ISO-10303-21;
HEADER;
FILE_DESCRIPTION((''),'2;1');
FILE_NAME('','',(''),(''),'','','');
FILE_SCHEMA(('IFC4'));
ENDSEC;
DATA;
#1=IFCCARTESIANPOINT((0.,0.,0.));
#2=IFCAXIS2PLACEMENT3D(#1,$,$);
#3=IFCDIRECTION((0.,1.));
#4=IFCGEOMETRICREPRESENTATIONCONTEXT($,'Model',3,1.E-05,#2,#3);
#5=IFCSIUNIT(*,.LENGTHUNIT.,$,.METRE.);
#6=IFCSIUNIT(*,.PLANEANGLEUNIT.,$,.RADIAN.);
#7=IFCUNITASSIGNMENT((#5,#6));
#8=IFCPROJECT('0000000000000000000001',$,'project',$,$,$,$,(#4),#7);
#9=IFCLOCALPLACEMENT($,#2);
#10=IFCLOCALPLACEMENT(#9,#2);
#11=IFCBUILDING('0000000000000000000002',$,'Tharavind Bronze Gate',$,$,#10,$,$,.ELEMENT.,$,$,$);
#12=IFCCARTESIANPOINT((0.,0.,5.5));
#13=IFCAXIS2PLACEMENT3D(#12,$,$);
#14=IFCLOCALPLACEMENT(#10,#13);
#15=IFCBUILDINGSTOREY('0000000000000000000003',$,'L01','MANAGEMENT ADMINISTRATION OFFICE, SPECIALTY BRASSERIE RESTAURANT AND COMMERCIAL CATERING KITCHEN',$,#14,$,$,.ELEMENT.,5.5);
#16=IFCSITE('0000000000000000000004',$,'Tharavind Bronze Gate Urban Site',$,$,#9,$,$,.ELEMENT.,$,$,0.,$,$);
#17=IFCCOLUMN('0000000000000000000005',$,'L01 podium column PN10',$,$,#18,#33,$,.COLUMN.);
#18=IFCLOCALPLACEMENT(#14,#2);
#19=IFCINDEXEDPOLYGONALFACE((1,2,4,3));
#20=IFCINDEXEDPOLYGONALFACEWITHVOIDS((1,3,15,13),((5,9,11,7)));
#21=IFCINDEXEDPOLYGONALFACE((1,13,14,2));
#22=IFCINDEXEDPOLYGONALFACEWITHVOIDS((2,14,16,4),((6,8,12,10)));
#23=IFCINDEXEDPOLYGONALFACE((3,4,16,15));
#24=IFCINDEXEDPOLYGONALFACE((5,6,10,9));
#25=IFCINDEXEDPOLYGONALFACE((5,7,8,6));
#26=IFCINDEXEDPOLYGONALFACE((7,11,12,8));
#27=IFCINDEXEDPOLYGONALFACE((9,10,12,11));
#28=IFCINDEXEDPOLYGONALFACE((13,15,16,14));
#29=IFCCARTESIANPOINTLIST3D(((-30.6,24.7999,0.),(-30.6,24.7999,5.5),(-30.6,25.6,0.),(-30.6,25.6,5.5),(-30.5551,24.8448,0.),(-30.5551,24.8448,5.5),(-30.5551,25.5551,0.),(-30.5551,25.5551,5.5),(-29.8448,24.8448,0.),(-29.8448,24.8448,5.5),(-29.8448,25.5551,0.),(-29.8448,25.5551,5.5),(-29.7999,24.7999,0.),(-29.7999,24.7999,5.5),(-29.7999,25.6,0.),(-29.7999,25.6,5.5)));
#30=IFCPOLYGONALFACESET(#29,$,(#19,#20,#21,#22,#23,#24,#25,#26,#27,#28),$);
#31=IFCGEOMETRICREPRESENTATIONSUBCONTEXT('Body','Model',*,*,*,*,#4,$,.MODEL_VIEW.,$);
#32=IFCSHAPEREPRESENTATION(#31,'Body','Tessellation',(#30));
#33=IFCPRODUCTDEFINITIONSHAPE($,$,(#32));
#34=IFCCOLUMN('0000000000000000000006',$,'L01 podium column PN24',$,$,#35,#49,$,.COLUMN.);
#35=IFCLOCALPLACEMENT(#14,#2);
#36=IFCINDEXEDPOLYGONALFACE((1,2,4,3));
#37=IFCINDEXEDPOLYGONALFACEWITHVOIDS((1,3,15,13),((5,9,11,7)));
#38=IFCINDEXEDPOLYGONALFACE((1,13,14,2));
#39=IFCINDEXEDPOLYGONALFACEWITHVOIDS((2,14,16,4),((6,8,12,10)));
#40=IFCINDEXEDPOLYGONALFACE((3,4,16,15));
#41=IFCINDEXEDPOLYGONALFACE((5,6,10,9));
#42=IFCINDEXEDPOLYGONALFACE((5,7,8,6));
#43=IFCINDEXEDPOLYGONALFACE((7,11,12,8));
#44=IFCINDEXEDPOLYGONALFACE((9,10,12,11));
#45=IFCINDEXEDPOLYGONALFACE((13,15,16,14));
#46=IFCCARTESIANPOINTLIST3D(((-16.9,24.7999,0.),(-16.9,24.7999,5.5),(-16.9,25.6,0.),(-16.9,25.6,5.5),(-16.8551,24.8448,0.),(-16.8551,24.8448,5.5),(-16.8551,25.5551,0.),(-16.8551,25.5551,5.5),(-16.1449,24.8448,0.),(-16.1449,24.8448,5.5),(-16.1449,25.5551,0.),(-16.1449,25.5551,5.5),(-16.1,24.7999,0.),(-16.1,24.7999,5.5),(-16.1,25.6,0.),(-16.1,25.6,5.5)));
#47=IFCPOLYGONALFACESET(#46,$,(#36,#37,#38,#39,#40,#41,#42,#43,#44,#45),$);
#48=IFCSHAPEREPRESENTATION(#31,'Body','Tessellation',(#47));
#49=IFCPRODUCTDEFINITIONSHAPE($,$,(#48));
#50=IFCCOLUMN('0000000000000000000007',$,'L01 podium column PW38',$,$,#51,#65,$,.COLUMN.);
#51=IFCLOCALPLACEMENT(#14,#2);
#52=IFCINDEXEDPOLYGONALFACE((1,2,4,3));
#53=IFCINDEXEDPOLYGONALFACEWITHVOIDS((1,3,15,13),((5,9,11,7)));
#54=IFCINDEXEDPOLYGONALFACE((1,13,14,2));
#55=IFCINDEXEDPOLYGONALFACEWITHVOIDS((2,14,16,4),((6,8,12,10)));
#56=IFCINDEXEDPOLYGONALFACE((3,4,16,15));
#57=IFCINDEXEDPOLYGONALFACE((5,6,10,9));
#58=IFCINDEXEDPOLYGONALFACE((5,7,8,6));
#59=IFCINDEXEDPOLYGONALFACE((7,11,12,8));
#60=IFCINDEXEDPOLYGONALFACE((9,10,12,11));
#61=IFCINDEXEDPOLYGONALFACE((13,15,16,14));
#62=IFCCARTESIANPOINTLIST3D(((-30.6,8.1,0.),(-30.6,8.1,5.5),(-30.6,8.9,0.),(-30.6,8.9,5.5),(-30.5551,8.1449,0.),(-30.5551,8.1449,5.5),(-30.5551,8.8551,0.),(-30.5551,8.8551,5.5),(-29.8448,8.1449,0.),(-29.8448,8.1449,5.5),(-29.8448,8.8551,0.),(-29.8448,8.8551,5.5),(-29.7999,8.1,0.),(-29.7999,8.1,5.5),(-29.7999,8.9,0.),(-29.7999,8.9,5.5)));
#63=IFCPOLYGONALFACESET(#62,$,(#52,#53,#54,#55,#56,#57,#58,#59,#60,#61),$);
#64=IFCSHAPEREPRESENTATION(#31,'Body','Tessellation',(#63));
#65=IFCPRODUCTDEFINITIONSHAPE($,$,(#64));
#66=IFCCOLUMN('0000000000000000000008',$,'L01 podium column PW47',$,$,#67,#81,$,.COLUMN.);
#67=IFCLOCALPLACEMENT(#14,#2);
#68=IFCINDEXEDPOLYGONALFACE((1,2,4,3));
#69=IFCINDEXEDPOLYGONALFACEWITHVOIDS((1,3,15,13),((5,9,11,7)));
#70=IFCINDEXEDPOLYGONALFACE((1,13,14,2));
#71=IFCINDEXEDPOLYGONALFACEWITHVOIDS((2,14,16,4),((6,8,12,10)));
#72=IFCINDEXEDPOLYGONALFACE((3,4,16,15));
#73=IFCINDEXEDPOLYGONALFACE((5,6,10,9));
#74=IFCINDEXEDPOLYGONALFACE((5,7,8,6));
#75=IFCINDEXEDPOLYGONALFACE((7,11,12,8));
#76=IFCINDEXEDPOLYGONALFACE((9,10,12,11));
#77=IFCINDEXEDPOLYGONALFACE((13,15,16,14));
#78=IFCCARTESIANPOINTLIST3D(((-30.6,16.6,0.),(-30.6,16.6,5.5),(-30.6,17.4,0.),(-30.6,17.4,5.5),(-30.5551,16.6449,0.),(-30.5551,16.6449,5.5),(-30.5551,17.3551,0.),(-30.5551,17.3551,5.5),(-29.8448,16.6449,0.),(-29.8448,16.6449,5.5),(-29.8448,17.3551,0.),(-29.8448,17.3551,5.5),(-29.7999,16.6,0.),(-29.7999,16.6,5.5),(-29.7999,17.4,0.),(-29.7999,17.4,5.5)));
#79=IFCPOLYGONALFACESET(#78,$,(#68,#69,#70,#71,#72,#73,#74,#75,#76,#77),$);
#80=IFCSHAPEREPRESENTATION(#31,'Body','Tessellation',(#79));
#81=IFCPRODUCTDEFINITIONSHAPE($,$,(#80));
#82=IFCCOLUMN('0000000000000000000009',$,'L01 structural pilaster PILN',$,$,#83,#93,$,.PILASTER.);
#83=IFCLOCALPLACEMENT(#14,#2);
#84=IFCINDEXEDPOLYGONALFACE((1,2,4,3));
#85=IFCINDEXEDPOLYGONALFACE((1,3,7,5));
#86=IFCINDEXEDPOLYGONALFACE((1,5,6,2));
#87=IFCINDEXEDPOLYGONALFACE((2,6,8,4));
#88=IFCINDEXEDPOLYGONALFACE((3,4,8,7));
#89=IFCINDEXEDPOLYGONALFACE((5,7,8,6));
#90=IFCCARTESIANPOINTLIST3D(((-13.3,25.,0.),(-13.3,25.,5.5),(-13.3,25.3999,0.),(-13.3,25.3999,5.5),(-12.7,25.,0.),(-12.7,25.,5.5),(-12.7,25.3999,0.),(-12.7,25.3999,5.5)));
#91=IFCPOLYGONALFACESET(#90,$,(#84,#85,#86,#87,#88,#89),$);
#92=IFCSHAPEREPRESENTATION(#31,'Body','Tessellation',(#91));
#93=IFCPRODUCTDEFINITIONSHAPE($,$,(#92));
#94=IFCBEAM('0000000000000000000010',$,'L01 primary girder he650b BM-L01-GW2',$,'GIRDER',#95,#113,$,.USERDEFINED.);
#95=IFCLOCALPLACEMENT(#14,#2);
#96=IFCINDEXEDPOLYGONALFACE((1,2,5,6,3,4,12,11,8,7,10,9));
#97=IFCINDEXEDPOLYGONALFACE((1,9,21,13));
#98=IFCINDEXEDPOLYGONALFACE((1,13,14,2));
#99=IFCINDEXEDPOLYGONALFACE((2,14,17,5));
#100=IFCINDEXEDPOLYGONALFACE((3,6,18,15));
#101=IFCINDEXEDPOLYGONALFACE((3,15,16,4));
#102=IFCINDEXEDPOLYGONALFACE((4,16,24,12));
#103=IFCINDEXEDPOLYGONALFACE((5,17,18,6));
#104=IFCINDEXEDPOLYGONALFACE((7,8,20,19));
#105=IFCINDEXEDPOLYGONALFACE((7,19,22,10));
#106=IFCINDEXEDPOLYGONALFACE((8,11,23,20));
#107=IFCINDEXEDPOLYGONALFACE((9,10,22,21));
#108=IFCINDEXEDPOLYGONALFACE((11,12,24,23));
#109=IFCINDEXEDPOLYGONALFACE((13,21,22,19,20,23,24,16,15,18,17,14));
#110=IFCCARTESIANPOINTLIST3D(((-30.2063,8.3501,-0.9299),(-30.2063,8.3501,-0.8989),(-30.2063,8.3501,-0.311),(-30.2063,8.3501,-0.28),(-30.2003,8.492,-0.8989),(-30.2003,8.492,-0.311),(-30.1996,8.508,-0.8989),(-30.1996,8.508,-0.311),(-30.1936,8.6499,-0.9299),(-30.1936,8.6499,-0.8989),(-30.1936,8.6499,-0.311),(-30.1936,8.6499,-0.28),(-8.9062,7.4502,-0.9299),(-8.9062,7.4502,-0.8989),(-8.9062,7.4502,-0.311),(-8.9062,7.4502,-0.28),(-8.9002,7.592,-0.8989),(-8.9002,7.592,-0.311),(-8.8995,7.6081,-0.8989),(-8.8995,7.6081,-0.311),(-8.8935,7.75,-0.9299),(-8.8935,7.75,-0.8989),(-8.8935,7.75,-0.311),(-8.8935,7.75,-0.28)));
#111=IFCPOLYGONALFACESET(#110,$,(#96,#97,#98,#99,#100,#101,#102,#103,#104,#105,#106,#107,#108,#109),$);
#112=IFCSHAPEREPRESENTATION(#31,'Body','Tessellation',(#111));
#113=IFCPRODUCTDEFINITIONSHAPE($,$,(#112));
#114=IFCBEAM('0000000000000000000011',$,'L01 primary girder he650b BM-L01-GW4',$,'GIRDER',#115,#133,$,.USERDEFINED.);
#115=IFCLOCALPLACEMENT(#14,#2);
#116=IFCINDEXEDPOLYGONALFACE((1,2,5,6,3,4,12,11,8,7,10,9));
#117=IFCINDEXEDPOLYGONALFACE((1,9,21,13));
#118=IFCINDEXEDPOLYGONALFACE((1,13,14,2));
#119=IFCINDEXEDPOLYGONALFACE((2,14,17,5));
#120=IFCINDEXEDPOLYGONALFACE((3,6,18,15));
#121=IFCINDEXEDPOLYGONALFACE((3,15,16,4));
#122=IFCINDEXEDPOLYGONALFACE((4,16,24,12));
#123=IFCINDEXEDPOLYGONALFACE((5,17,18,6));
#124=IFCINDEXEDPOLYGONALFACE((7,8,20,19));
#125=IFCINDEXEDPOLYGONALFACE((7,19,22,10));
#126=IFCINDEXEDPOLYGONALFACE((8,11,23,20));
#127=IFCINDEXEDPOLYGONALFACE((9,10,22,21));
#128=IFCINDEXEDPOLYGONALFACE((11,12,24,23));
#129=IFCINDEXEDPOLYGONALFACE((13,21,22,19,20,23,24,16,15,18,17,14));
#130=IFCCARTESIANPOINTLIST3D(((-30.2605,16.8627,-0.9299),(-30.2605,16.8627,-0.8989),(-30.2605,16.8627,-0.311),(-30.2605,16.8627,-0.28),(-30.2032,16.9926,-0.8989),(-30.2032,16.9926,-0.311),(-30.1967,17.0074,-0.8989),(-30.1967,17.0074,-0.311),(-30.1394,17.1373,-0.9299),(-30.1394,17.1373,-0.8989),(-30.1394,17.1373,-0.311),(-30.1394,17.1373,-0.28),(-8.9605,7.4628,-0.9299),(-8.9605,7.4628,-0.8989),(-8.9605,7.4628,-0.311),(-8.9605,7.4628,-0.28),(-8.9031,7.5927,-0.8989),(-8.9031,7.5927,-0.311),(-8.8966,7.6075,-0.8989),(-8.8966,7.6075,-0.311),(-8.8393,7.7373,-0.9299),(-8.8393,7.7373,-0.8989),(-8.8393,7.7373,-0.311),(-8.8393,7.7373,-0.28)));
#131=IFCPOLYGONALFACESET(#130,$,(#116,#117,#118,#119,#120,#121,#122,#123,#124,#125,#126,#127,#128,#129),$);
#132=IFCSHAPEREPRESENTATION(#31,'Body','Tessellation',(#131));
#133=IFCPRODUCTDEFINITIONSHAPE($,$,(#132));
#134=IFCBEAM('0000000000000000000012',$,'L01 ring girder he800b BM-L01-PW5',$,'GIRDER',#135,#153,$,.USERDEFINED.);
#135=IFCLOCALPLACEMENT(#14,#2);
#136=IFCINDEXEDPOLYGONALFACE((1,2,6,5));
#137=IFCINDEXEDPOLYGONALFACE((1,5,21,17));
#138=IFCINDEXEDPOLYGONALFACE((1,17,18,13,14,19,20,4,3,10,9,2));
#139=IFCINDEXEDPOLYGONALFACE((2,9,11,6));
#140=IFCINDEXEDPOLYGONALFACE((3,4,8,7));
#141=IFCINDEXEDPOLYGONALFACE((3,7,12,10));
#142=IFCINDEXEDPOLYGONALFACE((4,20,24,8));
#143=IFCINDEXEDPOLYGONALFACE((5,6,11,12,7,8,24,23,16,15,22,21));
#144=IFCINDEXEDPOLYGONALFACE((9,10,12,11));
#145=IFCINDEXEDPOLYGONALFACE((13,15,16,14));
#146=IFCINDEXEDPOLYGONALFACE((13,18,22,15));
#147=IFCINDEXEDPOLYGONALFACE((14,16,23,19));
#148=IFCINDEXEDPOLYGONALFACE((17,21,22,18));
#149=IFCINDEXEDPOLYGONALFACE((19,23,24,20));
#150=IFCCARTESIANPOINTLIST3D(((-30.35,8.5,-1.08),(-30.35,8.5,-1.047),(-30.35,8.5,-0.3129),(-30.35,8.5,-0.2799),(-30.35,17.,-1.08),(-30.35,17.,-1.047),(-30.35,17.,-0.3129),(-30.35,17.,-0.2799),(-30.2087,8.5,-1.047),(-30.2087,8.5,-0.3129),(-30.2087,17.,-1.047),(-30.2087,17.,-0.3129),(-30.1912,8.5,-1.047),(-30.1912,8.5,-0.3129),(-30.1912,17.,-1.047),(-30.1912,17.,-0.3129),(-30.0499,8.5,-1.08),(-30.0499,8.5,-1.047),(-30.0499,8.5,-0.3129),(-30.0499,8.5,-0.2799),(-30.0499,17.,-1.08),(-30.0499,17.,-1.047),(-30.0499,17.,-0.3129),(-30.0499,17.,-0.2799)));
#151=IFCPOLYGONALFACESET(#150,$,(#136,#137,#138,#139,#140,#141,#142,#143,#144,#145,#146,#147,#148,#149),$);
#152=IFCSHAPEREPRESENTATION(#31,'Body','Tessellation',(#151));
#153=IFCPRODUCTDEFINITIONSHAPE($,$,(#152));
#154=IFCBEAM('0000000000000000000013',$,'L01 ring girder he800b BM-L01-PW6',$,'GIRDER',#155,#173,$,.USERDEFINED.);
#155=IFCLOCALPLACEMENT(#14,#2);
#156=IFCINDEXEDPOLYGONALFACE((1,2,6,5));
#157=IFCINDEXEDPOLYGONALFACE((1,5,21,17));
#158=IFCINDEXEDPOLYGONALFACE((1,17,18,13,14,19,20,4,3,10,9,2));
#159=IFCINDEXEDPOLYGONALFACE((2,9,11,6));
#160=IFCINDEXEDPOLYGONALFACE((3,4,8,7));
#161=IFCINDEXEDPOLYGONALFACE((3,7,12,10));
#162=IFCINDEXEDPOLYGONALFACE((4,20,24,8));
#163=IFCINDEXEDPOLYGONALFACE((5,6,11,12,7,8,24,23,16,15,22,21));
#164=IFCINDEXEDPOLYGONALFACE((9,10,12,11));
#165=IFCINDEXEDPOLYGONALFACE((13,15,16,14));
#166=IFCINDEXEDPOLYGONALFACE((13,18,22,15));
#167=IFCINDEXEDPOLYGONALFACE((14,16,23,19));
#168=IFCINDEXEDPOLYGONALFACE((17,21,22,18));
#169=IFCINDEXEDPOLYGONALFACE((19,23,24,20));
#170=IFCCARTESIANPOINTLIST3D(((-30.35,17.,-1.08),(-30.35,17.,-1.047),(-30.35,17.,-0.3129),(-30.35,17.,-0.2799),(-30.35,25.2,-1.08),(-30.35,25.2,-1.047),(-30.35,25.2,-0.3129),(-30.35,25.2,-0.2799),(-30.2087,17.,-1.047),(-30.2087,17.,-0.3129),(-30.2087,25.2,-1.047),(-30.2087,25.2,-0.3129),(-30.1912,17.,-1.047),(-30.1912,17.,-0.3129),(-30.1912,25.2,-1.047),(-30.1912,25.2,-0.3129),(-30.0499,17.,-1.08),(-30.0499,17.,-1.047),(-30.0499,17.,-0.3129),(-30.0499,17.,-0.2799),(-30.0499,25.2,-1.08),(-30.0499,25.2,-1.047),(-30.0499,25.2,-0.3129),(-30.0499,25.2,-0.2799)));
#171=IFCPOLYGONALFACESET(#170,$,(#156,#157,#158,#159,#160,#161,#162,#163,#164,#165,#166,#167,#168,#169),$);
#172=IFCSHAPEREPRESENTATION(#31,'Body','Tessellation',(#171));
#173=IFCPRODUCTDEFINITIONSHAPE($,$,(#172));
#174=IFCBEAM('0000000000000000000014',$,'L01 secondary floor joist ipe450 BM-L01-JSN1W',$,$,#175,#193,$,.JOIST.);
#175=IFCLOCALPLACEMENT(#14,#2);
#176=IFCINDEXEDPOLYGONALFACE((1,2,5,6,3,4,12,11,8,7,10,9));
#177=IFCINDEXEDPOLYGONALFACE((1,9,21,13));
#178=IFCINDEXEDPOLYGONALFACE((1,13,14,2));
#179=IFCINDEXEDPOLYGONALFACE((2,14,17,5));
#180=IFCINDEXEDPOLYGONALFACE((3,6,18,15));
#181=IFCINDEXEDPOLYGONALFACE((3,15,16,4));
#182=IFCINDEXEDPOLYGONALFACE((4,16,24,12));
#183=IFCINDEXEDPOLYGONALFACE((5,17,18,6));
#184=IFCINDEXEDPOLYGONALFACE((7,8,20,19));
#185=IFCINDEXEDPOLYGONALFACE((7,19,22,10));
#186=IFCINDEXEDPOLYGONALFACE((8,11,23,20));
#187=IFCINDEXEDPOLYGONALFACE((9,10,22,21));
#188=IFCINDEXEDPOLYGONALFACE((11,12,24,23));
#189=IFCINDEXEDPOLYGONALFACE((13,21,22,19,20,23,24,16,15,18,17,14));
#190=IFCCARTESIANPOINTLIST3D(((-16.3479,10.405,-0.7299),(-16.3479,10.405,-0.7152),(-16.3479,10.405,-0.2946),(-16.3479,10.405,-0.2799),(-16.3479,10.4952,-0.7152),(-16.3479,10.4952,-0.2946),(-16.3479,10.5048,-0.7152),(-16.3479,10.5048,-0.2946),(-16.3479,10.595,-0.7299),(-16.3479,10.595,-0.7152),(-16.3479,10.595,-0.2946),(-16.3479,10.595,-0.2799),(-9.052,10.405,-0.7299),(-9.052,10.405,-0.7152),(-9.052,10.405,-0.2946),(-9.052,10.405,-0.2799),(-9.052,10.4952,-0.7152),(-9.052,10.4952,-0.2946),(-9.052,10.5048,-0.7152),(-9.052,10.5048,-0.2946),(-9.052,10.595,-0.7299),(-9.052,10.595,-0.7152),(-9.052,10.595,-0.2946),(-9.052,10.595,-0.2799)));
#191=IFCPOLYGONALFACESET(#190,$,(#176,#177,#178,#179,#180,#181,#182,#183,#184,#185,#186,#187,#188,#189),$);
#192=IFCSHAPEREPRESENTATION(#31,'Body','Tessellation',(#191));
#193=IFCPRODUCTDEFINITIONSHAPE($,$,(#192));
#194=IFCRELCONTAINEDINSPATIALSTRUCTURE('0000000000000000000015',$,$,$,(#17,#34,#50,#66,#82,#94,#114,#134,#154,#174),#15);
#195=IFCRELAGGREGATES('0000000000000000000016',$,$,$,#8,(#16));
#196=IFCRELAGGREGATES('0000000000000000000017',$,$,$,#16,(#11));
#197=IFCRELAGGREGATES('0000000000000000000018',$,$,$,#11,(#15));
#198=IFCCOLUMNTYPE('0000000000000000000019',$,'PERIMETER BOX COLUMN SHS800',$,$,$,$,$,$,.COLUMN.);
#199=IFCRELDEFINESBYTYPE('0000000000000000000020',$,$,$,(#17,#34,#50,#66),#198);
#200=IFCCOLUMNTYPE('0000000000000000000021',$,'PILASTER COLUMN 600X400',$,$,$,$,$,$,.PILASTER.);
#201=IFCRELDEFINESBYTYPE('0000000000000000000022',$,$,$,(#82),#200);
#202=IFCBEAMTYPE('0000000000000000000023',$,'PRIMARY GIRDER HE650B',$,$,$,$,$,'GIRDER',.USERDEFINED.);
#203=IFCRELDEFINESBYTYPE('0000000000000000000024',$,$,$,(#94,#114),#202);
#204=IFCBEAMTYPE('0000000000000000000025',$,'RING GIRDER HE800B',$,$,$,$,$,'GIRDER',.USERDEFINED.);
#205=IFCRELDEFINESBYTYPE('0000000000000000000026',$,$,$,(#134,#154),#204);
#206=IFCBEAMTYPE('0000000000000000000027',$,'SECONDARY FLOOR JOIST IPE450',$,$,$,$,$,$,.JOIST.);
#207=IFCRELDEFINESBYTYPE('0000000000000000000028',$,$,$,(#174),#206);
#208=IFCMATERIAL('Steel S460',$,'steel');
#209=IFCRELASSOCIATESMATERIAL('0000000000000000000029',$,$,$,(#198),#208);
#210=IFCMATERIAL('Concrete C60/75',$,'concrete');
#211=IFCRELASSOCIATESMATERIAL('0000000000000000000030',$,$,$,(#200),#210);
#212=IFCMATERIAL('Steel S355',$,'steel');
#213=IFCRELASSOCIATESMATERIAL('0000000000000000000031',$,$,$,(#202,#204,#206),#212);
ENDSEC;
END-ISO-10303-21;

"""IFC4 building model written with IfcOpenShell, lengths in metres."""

from ifc_helpers import new_model, si_unit, direction, frame, origin, origin_2d, place, context, subcontext, project, spatial, rectangle, hollow_rectangle, i_section, extrude, material, material_profile, profile_set, type_object, element, save


model = new_model("IFC4")

# Units and contexts
model_context = context("Model", 3, precision=1e-05, world=origin(), true_north=direction((0.0, 1.0)))
body_context = subcontext(model_context, "Body", "Model", "MODEL_VIEW")
ifc_project = project(units=[si_unit("LENGTHUNIT", "METRE"), si_unit("PLANEANGLEUNIT", "RADIAN")], contexts=[model_context])

# Site, building, storey
site_placement = place(None, origin())
site = spatial("IfcSite", under=ifc_project, at=site_placement, Name="Tharavind Bronze Gate Urban Site", CompositionType="ELEMENT", RefElevation=0.0)
building_placement = place(site_placement, origin())
building = spatial("IfcBuilding", under=site, at=building_placement, Name="Tharavind Bronze Gate", CompositionType="ELEMENT")
storey_placement = place(building_placement, frame((0.0, 0.0, 5.5)))
storey = spatial("IfcBuildingStorey", under=building, at=storey_placement, Name="L01", Description="MANAGEMENT ADMINISTRATION OFFICE, SPECIALTY BRASSERIE RESTAURANT AND COMMERCIAL CATERING KITCHEN", CompositionType="ELEMENT", Elevation=5.5)

# Columns
ifc_material_1 = material(Name="Steel S460", Category="steel")
ifc_material_profile_1 = material_profile(ifc_material_1, hollow_rectangle(XDim=0.8, YDim=0.8, WallThickness=0.0449, at=origin_2d()), Name="SHS800X45")
ifc_profile_set_1 = profile_set([ifc_material_profile_1], Name="Steel S460")
column_type_1 = type_object("IfcColumnType", Name="PERIMETER BOX COLUMN SHS800", PredefinedType="COLUMN", material=ifc_profile_set_1)
for number, where, z_axis, x_axis, name in (
    (1, (-30.2, 25.2, 0.0), (0.0, 0.0, 1.0), (1.0, 0.0, 0.0), "L01 podium column PN10"),
    (2, (-16.5, 25.2, 0.0), (0.0, 0.0, 1.0), (1.0, 0.0, 0.0), "L01 podium column PN24"),
    (3, (-30.2, 8.5, 0.0), (0.0, 0.0, 1.0), (1.0, 0.0, 0.0), "L01 podium column PW38"),
    (4, (-30.2, 17.0, 0.0), (0.0, 0.0, 1.0), (1.0, 0.0, 0.0), "L01 podium column PW47"),
):
    element("IfcColumn", number, at=place(storey_placement, frame(where, z_axis=z_axis, x_axis=x_axis)), inside=storey, type_object=column_type_1, Name=name, PredefinedType="COLUMN", context=body_context, shape_type="SweptSolid", body=[
        extrude(hollow_rectangle(XDim=0.8, YDim=0.8, WallThickness=0.0449, at=origin_2d()), origin(), (0.0, 0.0, 1.0), 5.5),
    ])
ifc_material_2 = material(Name="Concrete C60/75", Category="concrete")
ifc_material_profile_2 = material_profile(ifc_material_2, rectangle(XDim=0.6001, YDim=0.3999, at=origin_2d()), Name="RCPIL600X400")
ifc_profile_set_2 = profile_set([ifc_material_profile_2], Name="Concrete C60/75")
column_type_2 = type_object("IfcColumnType", Name="PILASTER COLUMN 600X400", PredefinedType="PILASTER", material=ifc_profile_set_2)
column_placement = place(storey_placement, frame((-13.0, 25.2, 0.0), z_axis=(0.0, 0.0, 1.0), x_axis=(1.0, 0.0, 0.0)))
element("IfcColumn", 5, at=column_placement, inside=storey, type_object=column_type_2, Name="L01 structural pilaster PILN", PredefinedType="PILASTER", context=body_context, shape_type="SweptSolid", body=[
    extrude(rectangle(XDim=0.6001, YDim=0.3999, at=origin_2d()), origin(), (0.0, 0.0, 1.0), 5.5),
])

# Beams
ifc_material_3 = material(Name="Steel S355", Category="steel")
ifc_material_profile_3 = material_profile(ifc_material_3, i_section(OverallWidth=0.3, OverallDepth=0.6499, WebThickness=0.0161, FlangeThickness=0.031, at=origin_2d()), Name="HE650B")
ifc_profile_set_3 = profile_set([ifc_material_profile_3], Name="Steel S355")
beam_type_1 = type_object("IfcBeamType", Name="PRIMARY GIRDER HE650B", ElementType="GIRDER", PredefinedType="USERDEFINED", material=ifc_profile_set_3)
beam_1_placement = place(storey_placement, frame((-30.2, 8.5, -0.605), z_axis=(0.999109, -0.042211, 0.0), x_axis=(0.042211, 0.999109, 0.0)))
element("IfcBeam", 6, at=beam_1_placement, inside=storey, type_object=beam_type_1, Name="L01 primary girder he650b BM-L01-GW2", ObjectType="GIRDER", PredefinedType="USERDEFINED", context=body_context, shape_type="SweptSolid", body=[
    extrude(i_section(OverallWidth=0.3, OverallDepth=0.6499, WebThickness=0.0161, FlangeThickness=0.031, at=origin_2d()), origin(), (0.0, 0.0, 1.0), 21.3191),
])
beam_2_placement = place(storey_placement, frame((-30.2, 17.0, -0.605), z_axis=(0.914873, -0.403742, 0.0), x_axis=(0.403742, 0.914873, 0.0)))
element("IfcBeam", 7, at=beam_2_placement, inside=storey, type_object=beam_type_1, Name="L01 primary girder he650b BM-L01-GW4", ObjectType="GIRDER", PredefinedType="USERDEFINED", context=body_context, shape_type="SweptSolid", body=[
    extrude(i_section(OverallWidth=0.3, OverallDepth=0.6499, WebThickness=0.0161, FlangeThickness=0.031, at=origin_2d()), origin(), (0.0, 0.0, 1.0), 23.282),
])
ifc_material_profile_4 = material_profile(ifc_material_3, i_section(OverallWidth=0.3, OverallDepth=0.8, WebThickness=0.0176, FlangeThickness=0.033, at=origin_2d()), Name="HE800B")
ifc_profile_set_4 = profile_set([ifc_material_profile_4], Name="Steel S355")
beam_type_2 = type_object("IfcBeamType", Name="RING GIRDER HE800B", ElementType="GIRDER", PredefinedType="USERDEFINED", material=ifc_profile_set_4)
beam_3_placement = place(storey_placement, frame((-30.2, 8.5, -0.6799), z_axis=(0.0, 1.0, 0.0), x_axis=(-1.0, 0.0, 0.0)))
element("IfcBeam", 8, at=beam_3_placement, inside=storey, type_object=beam_type_2, Name="L01 ring girder he800b BM-L01-PW5", ObjectType="GIRDER", PredefinedType="USERDEFINED", context=body_context, shape_type="SweptSolid", body=[
    extrude(i_section(OverallWidth=0.3, OverallDepth=0.8, WebThickness=0.0176, FlangeThickness=0.033, at=origin_2d()), origin(), (0.0, 0.0, 1.0), 8.5),
])
beam_4_placement = place(storey_placement, frame((-30.2, 17.0, -0.6799), z_axis=(0.0, 1.0, 0.0), x_axis=(-1.0, 0.0, 0.0)))
element("IfcBeam", 9, at=beam_4_placement, inside=storey, type_object=beam_type_2, Name="L01 ring girder he800b BM-L01-PW6", ObjectType="GIRDER", PredefinedType="USERDEFINED", context=body_context, shape_type="SweptSolid", body=[
    extrude(i_section(OverallWidth=0.3, OverallDepth=0.8, WebThickness=0.0176, FlangeThickness=0.033, at=origin_2d()), origin(), (0.0, 0.0, 1.0), 8.2),
])
ifc_material_profile_5 = material_profile(ifc_material_3, i_section(OverallWidth=0.1899, OverallDepth=0.45, WebThickness=0.0095, FlangeThickness=0.0146, at=origin_2d()), Name="IPE450")
ifc_profile_set_5 = profile_set([ifc_material_profile_5], Name="Steel S355")
beam_type_3 = type_object("IfcBeamType", Name="SECONDARY FLOOR JOIST IPE450", PredefinedType="JOIST", material=ifc_profile_set_5)
for number, where, z_axis, x_axis, name in (
    (10, (-16.3479, 10.5, -0.5049), (1.0, 0.0, 0.0), (0.0, 1.0, 0.0), "L01 secondary floor joist ipe450 BM-L01-JSN1W"),
):
    element("IfcBeam", number, at=place(storey_placement, frame(where, z_axis=z_axis, x_axis=x_axis)), inside=storey, type_object=beam_type_3, Name=name, PredefinedType="JOIST", context=body_context, shape_type="SweptSolid", body=[
        extrude(i_section(OverallWidth=0.1899, OverallDepth=0.45, WebThickness=0.0095, FlangeThickness=0.0146, at=origin_2d()), origin(), (0.0, 0.0, 1.0), 7.2959),
    ])

save(model, "model.ifc")
